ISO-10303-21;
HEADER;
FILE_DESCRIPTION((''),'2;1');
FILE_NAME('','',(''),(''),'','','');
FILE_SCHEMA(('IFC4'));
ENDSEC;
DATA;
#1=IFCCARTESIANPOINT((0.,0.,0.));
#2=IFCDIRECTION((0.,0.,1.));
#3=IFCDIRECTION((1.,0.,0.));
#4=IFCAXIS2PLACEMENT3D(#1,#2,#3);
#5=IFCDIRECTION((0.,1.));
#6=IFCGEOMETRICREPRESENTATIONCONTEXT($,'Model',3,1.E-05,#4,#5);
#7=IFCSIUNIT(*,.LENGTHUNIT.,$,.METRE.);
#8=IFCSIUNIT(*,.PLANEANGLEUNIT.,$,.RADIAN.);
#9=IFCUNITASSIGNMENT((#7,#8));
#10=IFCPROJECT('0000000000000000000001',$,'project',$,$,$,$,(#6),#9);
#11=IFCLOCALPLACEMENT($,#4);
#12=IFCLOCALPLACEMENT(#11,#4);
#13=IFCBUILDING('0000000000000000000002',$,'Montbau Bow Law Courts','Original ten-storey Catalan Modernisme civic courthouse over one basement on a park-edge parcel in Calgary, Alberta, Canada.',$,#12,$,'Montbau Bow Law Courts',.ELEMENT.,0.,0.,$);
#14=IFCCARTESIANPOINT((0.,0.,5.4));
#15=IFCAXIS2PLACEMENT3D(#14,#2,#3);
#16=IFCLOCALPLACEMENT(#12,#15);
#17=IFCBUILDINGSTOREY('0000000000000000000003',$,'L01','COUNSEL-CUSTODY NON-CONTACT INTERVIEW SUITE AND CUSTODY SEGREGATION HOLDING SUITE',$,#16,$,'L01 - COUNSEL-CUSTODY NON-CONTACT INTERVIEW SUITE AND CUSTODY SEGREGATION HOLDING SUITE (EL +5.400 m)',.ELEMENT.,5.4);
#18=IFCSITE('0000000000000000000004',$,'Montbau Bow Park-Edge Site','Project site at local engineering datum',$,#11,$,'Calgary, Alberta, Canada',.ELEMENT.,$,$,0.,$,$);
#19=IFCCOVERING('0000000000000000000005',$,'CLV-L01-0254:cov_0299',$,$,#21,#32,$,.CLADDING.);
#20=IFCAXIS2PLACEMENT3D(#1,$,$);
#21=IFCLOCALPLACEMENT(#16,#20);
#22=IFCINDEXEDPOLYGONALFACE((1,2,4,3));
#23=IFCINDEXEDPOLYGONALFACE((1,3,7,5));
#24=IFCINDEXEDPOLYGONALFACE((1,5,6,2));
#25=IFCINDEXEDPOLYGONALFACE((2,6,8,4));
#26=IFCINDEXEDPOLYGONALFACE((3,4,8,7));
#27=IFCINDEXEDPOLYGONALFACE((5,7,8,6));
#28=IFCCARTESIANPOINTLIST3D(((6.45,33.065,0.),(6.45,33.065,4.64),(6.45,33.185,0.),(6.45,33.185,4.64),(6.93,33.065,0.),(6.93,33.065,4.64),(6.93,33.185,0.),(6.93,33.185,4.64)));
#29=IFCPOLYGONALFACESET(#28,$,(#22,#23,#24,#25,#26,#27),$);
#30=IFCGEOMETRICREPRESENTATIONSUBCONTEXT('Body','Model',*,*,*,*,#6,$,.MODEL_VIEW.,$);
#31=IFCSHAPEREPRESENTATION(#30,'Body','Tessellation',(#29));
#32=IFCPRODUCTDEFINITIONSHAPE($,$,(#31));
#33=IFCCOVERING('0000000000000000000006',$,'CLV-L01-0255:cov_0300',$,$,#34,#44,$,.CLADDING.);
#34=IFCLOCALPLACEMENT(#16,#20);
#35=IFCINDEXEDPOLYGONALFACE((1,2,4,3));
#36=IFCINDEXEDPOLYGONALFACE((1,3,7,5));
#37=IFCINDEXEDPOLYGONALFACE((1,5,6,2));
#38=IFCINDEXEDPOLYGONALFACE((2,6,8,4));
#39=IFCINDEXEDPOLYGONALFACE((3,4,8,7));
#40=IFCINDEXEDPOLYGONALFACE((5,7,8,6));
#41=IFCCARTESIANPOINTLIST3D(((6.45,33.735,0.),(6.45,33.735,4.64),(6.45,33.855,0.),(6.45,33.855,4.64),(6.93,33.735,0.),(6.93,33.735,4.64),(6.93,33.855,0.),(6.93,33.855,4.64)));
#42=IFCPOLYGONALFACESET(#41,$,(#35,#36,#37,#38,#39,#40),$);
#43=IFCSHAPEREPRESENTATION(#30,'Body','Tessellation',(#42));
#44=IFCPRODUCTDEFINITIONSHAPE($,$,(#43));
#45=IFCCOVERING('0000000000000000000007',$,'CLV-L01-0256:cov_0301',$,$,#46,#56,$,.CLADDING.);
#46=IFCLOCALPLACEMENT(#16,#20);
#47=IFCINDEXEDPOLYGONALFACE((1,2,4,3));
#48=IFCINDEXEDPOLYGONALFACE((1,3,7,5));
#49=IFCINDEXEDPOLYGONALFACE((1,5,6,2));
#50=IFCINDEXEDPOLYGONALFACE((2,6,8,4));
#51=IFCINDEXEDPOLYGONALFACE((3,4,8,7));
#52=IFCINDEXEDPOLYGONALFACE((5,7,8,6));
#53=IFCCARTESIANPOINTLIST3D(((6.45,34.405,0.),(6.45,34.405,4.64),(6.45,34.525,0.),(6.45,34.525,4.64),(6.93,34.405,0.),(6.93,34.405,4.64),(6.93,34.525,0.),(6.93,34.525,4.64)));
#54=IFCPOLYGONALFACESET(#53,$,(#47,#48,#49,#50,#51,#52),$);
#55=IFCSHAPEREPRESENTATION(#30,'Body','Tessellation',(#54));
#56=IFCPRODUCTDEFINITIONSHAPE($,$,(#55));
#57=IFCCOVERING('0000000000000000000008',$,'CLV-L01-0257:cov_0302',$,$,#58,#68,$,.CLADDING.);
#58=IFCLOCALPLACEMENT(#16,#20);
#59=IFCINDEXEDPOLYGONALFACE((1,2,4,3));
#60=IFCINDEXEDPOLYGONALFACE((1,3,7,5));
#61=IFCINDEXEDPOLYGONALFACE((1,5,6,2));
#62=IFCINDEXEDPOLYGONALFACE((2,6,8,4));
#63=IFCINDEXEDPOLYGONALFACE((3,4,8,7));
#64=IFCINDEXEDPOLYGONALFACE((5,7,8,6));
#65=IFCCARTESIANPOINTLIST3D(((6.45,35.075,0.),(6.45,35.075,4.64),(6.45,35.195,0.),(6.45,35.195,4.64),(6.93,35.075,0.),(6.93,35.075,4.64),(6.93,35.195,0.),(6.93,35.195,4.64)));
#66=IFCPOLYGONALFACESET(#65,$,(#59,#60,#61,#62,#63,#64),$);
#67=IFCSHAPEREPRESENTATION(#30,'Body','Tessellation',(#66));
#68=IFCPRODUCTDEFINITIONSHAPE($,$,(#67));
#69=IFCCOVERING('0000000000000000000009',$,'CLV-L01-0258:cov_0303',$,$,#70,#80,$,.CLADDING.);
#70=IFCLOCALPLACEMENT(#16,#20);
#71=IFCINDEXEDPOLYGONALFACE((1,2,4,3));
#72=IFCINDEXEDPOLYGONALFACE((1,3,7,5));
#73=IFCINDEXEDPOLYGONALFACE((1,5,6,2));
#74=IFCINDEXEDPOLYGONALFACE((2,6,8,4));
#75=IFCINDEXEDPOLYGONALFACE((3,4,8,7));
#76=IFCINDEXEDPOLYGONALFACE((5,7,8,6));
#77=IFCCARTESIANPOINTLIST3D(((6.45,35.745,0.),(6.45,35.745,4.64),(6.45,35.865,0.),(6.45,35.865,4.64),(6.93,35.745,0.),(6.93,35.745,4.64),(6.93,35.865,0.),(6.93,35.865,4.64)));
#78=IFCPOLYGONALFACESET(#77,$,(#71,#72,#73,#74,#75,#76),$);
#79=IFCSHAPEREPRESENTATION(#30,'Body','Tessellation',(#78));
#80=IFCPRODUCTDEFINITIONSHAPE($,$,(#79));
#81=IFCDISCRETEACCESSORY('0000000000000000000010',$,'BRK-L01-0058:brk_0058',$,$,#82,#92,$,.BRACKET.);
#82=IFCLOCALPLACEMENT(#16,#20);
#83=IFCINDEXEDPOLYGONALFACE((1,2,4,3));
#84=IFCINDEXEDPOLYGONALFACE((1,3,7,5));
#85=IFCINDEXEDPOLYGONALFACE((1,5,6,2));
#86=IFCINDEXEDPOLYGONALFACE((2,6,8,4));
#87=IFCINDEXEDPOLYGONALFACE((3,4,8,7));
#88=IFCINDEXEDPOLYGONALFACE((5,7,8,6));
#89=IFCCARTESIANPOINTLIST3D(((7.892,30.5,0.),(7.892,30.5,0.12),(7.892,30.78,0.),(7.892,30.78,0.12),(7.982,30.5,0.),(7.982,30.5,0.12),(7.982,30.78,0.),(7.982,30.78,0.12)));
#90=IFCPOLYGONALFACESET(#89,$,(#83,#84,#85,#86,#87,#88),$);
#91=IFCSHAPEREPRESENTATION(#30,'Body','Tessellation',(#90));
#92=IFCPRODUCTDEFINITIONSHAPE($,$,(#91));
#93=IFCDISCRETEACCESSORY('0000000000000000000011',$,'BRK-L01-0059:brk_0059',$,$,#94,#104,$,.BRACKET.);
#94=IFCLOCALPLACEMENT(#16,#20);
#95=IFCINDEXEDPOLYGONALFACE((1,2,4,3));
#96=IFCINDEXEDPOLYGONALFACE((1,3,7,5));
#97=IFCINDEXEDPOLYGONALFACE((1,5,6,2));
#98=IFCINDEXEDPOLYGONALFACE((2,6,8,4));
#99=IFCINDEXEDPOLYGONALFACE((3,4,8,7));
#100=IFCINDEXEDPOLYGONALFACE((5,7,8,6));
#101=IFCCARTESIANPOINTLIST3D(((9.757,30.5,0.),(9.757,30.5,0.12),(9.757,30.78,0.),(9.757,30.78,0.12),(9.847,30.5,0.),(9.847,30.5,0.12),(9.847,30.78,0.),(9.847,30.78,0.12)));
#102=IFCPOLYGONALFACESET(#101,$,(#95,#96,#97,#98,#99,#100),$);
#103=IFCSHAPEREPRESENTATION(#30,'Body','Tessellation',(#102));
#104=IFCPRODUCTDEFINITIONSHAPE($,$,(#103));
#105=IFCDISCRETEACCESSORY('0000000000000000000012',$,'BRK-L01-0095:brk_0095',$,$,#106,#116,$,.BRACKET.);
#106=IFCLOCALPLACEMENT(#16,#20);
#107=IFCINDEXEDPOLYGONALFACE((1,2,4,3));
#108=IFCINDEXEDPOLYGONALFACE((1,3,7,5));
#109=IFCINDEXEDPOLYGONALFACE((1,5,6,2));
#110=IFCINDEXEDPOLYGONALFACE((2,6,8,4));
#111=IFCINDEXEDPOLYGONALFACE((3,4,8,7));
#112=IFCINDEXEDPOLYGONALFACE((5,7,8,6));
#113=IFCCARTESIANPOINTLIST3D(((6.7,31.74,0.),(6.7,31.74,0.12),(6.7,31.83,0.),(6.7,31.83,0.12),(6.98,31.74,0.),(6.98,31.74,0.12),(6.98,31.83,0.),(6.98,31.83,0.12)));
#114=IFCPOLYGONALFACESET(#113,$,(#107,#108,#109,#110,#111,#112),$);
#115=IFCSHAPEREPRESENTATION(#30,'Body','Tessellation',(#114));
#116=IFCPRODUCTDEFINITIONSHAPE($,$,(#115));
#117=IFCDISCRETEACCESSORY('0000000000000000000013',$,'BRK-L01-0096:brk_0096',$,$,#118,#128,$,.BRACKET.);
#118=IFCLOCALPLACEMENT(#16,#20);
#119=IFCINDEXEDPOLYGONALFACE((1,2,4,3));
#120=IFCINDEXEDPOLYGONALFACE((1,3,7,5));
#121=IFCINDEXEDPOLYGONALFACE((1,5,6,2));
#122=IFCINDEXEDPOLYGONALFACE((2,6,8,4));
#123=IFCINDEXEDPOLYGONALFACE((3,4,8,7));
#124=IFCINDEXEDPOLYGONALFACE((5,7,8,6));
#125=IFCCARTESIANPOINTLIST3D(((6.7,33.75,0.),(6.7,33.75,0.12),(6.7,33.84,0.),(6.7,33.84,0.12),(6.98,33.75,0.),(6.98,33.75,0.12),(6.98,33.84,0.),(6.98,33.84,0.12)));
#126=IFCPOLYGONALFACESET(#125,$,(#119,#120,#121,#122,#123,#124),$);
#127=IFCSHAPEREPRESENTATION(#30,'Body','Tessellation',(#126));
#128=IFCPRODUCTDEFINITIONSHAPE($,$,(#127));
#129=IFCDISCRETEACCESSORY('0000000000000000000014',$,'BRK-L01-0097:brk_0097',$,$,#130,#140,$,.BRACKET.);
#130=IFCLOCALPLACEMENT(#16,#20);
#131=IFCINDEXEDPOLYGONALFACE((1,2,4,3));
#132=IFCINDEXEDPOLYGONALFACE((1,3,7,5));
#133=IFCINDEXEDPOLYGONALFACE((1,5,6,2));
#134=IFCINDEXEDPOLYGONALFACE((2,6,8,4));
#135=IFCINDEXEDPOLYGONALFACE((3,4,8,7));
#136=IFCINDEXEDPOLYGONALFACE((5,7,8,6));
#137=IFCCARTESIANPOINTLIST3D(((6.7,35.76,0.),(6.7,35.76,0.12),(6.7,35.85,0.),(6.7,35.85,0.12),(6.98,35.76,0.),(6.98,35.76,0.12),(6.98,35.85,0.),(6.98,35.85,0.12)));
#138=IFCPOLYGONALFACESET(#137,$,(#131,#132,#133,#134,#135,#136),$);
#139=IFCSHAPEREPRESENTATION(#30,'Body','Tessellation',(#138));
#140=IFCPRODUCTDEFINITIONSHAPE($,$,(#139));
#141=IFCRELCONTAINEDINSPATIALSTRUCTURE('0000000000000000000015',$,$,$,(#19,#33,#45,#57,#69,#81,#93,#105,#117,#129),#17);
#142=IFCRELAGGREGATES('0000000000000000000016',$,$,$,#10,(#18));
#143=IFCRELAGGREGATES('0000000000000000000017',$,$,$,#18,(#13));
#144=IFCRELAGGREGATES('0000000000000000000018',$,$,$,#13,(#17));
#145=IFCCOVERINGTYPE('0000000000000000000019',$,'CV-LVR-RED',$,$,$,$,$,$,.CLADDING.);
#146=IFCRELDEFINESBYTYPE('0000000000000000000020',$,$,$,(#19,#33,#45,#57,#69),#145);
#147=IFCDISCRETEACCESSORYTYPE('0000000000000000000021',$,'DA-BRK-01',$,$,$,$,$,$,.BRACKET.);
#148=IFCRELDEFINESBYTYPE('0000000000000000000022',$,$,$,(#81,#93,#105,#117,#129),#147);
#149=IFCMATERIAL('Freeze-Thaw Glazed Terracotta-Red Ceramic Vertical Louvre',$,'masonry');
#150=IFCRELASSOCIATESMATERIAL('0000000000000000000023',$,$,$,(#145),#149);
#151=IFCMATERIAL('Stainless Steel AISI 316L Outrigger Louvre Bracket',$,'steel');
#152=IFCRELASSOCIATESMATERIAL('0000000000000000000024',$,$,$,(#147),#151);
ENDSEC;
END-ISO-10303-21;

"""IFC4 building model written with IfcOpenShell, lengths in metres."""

from ifc_helpers import new_model, si_unit, direction, frame, frame_2d, origin_with_axes, origin_2d_with_axis, place, context, subcontext, project, spatial, rectangle, extrude, material, type_object, element, save


model = new_model("IFC4")

# Units and contexts
model_context = context("Model", 3, precision=1e-05, world=origin_with_axes(), true_north=direction((0.0, 1.0)))
body_context = subcontext(model_context, "Body", "Model", "MODEL_VIEW")
ifc_project = project(units=[si_unit("LENGTHUNIT", "METRE"), si_unit("PLANEANGLEUNIT", "RADIAN")], contexts=[model_context])

# Site, building, storey
site_placement = place(None, origin_with_axes())
site = spatial("IfcSite", under=ifc_project, at=site_placement, Name="Montbau Bow Park-Edge Site", Description="Project site at local engineering datum", LongName="Calgary, Alberta, Canada", CompositionType="ELEMENT", RefElevation=0.0)
building_placement = place(site_placement, origin_with_axes())
building = spatial("IfcBuilding", under=site, at=building_placement, Name="Montbau Bow Law Courts", Description="Original ten-storey Catalan Modernisme civic courthouse over one basement on a park-edge parcel in Calgary, Alberta, Canada.", LongName="Montbau Bow Law Courts", CompositionType="ELEMENT", ElevationOfRefHeight=0.0, ElevationOfTerrain=0.0)
storey_placement = place(building_placement, frame((0.0, 0.0, 5.4), z_axis=(0.0, 0.0, 1.0), x_axis=(1.0, 0.0, 0.0)))
storey = spatial("IfcBuildingStorey", under=building, at=storey_placement, Name="L01", Description="COUNSEL-CUSTODY NON-CONTACT INTERVIEW SUITE AND CUSTODY SEGREGATION HOLDING SUITE", LongName="L01 - COUNSEL-CUSTODY NON-CONTACT INTERVIEW SUITE AND CUSTODY SEGREGATION HOLDING SUITE (EL +5.400 m)", CompositionType="ELEMENT", Elevation=5.4)

# Coverings
ifc_material_1 = material(Name="Freeze-Thaw Glazed Terracotta-Red Ceramic Vertical Louvre", Category="masonry")
covering_type = type_object("IfcCoveringType", Name="CV-LVR-RED", PredefinedType="CLADDING", material=ifc_material_1)
for number, where, z_axis, x_axis, name in (
    (1, (6.93, 33.125, 5.4), (0.0, 1.0, 0.0), (-1.0, 0.0, 0.0), "CLV-L01-0254:cov_0299"),
    (2, (6.93, 33.795, 5.4), (0.0, 1.0, 0.0), (-1.0, 0.0, 0.0), "CLV-L01-0255:cov_0300"),
    (3, (6.93, 34.465, 5.4), (0.0, 1.0, 0.0), (-1.0, 0.0, 0.0), "CLV-L01-0256:cov_0301"),
    (4, (6.93, 35.135, 5.4), (0.0, 1.0, 0.0), (-1.0, 0.0, 0.0), "CLV-L01-0257:cov_0302"),
    (5, (6.93, 35.805, 5.4), (0.0, 1.0, 0.0), (-1.0, 0.0, 0.0), "CLV-L01-0258:cov_0303"),
):
    element("IfcCovering", number, at=place(None, frame(where, z_axis=z_axis, x_axis=x_axis)), inside=storey, type_object=covering_type, Name=name, PredefinedType="CLADDING", context=body_context, shape_type="SweptSolid", body=[
        extrude(rectangle(XDim=0.48, YDim=4.64, at=frame_2d((0.24, 2.32), x_axis=(1.0, 0.0))), frame((0.0, 0.0, -0.06), z_axis=(0.0, 0.0, 1.0), x_axis=(1.0, 0.0, 0.0)), (0.0, 0.0, 1.0), 0.12),
    ])

# Discrete accessories
ifc_material_2 = material(Name="Stainless Steel AISI 316L Outrigger Louvre Bracket", Category="steel")
discrete_accessory_type = type_object("IfcDiscreteAccessoryType", Name="DA-BRK-01", PredefinedType="BRACKET", material=ifc_material_2)
for number, where, z_axis, x_axis, name in (
    (6, (7.937, 30.64, 5.4), (0.0, 0.0, 1.0), (0.0, -1.0, 0.0), "BRK-L01-0058:brk_0058"),
    (7, (9.802, 30.64, 5.4), (0.0, 0.0, 1.0), (0.0, -1.0, 0.0), "BRK-L01-0059:brk_0059"),
    (8, (6.84, 31.785, 5.4), (0.0, 0.0, 1.0), (-1.0, 0.0, 0.0), "BRK-L01-0095:brk_0095"),
    (9, (6.84, 33.795, 5.4), (0.0, 0.0, 1.0), (-1.0, 0.0, 0.0), "BRK-L01-0096:brk_0096"),
    (10, (6.84, 35.805, 5.4), (0.0, 0.0, 1.0), (-1.0, 0.0, 0.0), "BRK-L01-0097:brk_0097"),
):
    element("IfcDiscreteAccessory", number, at=place(None, frame(where, z_axis=z_axis, x_axis=x_axis)), inside=storey, type_object=discrete_accessory_type, Name=name, PredefinedType="BRACKET", context=body_context, shape_type="SweptSolid", body=[
        extrude(rectangle(XDim=0.28, YDim=0.09, at=origin_2d_with_axis()), origin_with_axes(), (0.0, 0.0, 1.0), 0.12),
    ])

save(model, "model.ifc")
